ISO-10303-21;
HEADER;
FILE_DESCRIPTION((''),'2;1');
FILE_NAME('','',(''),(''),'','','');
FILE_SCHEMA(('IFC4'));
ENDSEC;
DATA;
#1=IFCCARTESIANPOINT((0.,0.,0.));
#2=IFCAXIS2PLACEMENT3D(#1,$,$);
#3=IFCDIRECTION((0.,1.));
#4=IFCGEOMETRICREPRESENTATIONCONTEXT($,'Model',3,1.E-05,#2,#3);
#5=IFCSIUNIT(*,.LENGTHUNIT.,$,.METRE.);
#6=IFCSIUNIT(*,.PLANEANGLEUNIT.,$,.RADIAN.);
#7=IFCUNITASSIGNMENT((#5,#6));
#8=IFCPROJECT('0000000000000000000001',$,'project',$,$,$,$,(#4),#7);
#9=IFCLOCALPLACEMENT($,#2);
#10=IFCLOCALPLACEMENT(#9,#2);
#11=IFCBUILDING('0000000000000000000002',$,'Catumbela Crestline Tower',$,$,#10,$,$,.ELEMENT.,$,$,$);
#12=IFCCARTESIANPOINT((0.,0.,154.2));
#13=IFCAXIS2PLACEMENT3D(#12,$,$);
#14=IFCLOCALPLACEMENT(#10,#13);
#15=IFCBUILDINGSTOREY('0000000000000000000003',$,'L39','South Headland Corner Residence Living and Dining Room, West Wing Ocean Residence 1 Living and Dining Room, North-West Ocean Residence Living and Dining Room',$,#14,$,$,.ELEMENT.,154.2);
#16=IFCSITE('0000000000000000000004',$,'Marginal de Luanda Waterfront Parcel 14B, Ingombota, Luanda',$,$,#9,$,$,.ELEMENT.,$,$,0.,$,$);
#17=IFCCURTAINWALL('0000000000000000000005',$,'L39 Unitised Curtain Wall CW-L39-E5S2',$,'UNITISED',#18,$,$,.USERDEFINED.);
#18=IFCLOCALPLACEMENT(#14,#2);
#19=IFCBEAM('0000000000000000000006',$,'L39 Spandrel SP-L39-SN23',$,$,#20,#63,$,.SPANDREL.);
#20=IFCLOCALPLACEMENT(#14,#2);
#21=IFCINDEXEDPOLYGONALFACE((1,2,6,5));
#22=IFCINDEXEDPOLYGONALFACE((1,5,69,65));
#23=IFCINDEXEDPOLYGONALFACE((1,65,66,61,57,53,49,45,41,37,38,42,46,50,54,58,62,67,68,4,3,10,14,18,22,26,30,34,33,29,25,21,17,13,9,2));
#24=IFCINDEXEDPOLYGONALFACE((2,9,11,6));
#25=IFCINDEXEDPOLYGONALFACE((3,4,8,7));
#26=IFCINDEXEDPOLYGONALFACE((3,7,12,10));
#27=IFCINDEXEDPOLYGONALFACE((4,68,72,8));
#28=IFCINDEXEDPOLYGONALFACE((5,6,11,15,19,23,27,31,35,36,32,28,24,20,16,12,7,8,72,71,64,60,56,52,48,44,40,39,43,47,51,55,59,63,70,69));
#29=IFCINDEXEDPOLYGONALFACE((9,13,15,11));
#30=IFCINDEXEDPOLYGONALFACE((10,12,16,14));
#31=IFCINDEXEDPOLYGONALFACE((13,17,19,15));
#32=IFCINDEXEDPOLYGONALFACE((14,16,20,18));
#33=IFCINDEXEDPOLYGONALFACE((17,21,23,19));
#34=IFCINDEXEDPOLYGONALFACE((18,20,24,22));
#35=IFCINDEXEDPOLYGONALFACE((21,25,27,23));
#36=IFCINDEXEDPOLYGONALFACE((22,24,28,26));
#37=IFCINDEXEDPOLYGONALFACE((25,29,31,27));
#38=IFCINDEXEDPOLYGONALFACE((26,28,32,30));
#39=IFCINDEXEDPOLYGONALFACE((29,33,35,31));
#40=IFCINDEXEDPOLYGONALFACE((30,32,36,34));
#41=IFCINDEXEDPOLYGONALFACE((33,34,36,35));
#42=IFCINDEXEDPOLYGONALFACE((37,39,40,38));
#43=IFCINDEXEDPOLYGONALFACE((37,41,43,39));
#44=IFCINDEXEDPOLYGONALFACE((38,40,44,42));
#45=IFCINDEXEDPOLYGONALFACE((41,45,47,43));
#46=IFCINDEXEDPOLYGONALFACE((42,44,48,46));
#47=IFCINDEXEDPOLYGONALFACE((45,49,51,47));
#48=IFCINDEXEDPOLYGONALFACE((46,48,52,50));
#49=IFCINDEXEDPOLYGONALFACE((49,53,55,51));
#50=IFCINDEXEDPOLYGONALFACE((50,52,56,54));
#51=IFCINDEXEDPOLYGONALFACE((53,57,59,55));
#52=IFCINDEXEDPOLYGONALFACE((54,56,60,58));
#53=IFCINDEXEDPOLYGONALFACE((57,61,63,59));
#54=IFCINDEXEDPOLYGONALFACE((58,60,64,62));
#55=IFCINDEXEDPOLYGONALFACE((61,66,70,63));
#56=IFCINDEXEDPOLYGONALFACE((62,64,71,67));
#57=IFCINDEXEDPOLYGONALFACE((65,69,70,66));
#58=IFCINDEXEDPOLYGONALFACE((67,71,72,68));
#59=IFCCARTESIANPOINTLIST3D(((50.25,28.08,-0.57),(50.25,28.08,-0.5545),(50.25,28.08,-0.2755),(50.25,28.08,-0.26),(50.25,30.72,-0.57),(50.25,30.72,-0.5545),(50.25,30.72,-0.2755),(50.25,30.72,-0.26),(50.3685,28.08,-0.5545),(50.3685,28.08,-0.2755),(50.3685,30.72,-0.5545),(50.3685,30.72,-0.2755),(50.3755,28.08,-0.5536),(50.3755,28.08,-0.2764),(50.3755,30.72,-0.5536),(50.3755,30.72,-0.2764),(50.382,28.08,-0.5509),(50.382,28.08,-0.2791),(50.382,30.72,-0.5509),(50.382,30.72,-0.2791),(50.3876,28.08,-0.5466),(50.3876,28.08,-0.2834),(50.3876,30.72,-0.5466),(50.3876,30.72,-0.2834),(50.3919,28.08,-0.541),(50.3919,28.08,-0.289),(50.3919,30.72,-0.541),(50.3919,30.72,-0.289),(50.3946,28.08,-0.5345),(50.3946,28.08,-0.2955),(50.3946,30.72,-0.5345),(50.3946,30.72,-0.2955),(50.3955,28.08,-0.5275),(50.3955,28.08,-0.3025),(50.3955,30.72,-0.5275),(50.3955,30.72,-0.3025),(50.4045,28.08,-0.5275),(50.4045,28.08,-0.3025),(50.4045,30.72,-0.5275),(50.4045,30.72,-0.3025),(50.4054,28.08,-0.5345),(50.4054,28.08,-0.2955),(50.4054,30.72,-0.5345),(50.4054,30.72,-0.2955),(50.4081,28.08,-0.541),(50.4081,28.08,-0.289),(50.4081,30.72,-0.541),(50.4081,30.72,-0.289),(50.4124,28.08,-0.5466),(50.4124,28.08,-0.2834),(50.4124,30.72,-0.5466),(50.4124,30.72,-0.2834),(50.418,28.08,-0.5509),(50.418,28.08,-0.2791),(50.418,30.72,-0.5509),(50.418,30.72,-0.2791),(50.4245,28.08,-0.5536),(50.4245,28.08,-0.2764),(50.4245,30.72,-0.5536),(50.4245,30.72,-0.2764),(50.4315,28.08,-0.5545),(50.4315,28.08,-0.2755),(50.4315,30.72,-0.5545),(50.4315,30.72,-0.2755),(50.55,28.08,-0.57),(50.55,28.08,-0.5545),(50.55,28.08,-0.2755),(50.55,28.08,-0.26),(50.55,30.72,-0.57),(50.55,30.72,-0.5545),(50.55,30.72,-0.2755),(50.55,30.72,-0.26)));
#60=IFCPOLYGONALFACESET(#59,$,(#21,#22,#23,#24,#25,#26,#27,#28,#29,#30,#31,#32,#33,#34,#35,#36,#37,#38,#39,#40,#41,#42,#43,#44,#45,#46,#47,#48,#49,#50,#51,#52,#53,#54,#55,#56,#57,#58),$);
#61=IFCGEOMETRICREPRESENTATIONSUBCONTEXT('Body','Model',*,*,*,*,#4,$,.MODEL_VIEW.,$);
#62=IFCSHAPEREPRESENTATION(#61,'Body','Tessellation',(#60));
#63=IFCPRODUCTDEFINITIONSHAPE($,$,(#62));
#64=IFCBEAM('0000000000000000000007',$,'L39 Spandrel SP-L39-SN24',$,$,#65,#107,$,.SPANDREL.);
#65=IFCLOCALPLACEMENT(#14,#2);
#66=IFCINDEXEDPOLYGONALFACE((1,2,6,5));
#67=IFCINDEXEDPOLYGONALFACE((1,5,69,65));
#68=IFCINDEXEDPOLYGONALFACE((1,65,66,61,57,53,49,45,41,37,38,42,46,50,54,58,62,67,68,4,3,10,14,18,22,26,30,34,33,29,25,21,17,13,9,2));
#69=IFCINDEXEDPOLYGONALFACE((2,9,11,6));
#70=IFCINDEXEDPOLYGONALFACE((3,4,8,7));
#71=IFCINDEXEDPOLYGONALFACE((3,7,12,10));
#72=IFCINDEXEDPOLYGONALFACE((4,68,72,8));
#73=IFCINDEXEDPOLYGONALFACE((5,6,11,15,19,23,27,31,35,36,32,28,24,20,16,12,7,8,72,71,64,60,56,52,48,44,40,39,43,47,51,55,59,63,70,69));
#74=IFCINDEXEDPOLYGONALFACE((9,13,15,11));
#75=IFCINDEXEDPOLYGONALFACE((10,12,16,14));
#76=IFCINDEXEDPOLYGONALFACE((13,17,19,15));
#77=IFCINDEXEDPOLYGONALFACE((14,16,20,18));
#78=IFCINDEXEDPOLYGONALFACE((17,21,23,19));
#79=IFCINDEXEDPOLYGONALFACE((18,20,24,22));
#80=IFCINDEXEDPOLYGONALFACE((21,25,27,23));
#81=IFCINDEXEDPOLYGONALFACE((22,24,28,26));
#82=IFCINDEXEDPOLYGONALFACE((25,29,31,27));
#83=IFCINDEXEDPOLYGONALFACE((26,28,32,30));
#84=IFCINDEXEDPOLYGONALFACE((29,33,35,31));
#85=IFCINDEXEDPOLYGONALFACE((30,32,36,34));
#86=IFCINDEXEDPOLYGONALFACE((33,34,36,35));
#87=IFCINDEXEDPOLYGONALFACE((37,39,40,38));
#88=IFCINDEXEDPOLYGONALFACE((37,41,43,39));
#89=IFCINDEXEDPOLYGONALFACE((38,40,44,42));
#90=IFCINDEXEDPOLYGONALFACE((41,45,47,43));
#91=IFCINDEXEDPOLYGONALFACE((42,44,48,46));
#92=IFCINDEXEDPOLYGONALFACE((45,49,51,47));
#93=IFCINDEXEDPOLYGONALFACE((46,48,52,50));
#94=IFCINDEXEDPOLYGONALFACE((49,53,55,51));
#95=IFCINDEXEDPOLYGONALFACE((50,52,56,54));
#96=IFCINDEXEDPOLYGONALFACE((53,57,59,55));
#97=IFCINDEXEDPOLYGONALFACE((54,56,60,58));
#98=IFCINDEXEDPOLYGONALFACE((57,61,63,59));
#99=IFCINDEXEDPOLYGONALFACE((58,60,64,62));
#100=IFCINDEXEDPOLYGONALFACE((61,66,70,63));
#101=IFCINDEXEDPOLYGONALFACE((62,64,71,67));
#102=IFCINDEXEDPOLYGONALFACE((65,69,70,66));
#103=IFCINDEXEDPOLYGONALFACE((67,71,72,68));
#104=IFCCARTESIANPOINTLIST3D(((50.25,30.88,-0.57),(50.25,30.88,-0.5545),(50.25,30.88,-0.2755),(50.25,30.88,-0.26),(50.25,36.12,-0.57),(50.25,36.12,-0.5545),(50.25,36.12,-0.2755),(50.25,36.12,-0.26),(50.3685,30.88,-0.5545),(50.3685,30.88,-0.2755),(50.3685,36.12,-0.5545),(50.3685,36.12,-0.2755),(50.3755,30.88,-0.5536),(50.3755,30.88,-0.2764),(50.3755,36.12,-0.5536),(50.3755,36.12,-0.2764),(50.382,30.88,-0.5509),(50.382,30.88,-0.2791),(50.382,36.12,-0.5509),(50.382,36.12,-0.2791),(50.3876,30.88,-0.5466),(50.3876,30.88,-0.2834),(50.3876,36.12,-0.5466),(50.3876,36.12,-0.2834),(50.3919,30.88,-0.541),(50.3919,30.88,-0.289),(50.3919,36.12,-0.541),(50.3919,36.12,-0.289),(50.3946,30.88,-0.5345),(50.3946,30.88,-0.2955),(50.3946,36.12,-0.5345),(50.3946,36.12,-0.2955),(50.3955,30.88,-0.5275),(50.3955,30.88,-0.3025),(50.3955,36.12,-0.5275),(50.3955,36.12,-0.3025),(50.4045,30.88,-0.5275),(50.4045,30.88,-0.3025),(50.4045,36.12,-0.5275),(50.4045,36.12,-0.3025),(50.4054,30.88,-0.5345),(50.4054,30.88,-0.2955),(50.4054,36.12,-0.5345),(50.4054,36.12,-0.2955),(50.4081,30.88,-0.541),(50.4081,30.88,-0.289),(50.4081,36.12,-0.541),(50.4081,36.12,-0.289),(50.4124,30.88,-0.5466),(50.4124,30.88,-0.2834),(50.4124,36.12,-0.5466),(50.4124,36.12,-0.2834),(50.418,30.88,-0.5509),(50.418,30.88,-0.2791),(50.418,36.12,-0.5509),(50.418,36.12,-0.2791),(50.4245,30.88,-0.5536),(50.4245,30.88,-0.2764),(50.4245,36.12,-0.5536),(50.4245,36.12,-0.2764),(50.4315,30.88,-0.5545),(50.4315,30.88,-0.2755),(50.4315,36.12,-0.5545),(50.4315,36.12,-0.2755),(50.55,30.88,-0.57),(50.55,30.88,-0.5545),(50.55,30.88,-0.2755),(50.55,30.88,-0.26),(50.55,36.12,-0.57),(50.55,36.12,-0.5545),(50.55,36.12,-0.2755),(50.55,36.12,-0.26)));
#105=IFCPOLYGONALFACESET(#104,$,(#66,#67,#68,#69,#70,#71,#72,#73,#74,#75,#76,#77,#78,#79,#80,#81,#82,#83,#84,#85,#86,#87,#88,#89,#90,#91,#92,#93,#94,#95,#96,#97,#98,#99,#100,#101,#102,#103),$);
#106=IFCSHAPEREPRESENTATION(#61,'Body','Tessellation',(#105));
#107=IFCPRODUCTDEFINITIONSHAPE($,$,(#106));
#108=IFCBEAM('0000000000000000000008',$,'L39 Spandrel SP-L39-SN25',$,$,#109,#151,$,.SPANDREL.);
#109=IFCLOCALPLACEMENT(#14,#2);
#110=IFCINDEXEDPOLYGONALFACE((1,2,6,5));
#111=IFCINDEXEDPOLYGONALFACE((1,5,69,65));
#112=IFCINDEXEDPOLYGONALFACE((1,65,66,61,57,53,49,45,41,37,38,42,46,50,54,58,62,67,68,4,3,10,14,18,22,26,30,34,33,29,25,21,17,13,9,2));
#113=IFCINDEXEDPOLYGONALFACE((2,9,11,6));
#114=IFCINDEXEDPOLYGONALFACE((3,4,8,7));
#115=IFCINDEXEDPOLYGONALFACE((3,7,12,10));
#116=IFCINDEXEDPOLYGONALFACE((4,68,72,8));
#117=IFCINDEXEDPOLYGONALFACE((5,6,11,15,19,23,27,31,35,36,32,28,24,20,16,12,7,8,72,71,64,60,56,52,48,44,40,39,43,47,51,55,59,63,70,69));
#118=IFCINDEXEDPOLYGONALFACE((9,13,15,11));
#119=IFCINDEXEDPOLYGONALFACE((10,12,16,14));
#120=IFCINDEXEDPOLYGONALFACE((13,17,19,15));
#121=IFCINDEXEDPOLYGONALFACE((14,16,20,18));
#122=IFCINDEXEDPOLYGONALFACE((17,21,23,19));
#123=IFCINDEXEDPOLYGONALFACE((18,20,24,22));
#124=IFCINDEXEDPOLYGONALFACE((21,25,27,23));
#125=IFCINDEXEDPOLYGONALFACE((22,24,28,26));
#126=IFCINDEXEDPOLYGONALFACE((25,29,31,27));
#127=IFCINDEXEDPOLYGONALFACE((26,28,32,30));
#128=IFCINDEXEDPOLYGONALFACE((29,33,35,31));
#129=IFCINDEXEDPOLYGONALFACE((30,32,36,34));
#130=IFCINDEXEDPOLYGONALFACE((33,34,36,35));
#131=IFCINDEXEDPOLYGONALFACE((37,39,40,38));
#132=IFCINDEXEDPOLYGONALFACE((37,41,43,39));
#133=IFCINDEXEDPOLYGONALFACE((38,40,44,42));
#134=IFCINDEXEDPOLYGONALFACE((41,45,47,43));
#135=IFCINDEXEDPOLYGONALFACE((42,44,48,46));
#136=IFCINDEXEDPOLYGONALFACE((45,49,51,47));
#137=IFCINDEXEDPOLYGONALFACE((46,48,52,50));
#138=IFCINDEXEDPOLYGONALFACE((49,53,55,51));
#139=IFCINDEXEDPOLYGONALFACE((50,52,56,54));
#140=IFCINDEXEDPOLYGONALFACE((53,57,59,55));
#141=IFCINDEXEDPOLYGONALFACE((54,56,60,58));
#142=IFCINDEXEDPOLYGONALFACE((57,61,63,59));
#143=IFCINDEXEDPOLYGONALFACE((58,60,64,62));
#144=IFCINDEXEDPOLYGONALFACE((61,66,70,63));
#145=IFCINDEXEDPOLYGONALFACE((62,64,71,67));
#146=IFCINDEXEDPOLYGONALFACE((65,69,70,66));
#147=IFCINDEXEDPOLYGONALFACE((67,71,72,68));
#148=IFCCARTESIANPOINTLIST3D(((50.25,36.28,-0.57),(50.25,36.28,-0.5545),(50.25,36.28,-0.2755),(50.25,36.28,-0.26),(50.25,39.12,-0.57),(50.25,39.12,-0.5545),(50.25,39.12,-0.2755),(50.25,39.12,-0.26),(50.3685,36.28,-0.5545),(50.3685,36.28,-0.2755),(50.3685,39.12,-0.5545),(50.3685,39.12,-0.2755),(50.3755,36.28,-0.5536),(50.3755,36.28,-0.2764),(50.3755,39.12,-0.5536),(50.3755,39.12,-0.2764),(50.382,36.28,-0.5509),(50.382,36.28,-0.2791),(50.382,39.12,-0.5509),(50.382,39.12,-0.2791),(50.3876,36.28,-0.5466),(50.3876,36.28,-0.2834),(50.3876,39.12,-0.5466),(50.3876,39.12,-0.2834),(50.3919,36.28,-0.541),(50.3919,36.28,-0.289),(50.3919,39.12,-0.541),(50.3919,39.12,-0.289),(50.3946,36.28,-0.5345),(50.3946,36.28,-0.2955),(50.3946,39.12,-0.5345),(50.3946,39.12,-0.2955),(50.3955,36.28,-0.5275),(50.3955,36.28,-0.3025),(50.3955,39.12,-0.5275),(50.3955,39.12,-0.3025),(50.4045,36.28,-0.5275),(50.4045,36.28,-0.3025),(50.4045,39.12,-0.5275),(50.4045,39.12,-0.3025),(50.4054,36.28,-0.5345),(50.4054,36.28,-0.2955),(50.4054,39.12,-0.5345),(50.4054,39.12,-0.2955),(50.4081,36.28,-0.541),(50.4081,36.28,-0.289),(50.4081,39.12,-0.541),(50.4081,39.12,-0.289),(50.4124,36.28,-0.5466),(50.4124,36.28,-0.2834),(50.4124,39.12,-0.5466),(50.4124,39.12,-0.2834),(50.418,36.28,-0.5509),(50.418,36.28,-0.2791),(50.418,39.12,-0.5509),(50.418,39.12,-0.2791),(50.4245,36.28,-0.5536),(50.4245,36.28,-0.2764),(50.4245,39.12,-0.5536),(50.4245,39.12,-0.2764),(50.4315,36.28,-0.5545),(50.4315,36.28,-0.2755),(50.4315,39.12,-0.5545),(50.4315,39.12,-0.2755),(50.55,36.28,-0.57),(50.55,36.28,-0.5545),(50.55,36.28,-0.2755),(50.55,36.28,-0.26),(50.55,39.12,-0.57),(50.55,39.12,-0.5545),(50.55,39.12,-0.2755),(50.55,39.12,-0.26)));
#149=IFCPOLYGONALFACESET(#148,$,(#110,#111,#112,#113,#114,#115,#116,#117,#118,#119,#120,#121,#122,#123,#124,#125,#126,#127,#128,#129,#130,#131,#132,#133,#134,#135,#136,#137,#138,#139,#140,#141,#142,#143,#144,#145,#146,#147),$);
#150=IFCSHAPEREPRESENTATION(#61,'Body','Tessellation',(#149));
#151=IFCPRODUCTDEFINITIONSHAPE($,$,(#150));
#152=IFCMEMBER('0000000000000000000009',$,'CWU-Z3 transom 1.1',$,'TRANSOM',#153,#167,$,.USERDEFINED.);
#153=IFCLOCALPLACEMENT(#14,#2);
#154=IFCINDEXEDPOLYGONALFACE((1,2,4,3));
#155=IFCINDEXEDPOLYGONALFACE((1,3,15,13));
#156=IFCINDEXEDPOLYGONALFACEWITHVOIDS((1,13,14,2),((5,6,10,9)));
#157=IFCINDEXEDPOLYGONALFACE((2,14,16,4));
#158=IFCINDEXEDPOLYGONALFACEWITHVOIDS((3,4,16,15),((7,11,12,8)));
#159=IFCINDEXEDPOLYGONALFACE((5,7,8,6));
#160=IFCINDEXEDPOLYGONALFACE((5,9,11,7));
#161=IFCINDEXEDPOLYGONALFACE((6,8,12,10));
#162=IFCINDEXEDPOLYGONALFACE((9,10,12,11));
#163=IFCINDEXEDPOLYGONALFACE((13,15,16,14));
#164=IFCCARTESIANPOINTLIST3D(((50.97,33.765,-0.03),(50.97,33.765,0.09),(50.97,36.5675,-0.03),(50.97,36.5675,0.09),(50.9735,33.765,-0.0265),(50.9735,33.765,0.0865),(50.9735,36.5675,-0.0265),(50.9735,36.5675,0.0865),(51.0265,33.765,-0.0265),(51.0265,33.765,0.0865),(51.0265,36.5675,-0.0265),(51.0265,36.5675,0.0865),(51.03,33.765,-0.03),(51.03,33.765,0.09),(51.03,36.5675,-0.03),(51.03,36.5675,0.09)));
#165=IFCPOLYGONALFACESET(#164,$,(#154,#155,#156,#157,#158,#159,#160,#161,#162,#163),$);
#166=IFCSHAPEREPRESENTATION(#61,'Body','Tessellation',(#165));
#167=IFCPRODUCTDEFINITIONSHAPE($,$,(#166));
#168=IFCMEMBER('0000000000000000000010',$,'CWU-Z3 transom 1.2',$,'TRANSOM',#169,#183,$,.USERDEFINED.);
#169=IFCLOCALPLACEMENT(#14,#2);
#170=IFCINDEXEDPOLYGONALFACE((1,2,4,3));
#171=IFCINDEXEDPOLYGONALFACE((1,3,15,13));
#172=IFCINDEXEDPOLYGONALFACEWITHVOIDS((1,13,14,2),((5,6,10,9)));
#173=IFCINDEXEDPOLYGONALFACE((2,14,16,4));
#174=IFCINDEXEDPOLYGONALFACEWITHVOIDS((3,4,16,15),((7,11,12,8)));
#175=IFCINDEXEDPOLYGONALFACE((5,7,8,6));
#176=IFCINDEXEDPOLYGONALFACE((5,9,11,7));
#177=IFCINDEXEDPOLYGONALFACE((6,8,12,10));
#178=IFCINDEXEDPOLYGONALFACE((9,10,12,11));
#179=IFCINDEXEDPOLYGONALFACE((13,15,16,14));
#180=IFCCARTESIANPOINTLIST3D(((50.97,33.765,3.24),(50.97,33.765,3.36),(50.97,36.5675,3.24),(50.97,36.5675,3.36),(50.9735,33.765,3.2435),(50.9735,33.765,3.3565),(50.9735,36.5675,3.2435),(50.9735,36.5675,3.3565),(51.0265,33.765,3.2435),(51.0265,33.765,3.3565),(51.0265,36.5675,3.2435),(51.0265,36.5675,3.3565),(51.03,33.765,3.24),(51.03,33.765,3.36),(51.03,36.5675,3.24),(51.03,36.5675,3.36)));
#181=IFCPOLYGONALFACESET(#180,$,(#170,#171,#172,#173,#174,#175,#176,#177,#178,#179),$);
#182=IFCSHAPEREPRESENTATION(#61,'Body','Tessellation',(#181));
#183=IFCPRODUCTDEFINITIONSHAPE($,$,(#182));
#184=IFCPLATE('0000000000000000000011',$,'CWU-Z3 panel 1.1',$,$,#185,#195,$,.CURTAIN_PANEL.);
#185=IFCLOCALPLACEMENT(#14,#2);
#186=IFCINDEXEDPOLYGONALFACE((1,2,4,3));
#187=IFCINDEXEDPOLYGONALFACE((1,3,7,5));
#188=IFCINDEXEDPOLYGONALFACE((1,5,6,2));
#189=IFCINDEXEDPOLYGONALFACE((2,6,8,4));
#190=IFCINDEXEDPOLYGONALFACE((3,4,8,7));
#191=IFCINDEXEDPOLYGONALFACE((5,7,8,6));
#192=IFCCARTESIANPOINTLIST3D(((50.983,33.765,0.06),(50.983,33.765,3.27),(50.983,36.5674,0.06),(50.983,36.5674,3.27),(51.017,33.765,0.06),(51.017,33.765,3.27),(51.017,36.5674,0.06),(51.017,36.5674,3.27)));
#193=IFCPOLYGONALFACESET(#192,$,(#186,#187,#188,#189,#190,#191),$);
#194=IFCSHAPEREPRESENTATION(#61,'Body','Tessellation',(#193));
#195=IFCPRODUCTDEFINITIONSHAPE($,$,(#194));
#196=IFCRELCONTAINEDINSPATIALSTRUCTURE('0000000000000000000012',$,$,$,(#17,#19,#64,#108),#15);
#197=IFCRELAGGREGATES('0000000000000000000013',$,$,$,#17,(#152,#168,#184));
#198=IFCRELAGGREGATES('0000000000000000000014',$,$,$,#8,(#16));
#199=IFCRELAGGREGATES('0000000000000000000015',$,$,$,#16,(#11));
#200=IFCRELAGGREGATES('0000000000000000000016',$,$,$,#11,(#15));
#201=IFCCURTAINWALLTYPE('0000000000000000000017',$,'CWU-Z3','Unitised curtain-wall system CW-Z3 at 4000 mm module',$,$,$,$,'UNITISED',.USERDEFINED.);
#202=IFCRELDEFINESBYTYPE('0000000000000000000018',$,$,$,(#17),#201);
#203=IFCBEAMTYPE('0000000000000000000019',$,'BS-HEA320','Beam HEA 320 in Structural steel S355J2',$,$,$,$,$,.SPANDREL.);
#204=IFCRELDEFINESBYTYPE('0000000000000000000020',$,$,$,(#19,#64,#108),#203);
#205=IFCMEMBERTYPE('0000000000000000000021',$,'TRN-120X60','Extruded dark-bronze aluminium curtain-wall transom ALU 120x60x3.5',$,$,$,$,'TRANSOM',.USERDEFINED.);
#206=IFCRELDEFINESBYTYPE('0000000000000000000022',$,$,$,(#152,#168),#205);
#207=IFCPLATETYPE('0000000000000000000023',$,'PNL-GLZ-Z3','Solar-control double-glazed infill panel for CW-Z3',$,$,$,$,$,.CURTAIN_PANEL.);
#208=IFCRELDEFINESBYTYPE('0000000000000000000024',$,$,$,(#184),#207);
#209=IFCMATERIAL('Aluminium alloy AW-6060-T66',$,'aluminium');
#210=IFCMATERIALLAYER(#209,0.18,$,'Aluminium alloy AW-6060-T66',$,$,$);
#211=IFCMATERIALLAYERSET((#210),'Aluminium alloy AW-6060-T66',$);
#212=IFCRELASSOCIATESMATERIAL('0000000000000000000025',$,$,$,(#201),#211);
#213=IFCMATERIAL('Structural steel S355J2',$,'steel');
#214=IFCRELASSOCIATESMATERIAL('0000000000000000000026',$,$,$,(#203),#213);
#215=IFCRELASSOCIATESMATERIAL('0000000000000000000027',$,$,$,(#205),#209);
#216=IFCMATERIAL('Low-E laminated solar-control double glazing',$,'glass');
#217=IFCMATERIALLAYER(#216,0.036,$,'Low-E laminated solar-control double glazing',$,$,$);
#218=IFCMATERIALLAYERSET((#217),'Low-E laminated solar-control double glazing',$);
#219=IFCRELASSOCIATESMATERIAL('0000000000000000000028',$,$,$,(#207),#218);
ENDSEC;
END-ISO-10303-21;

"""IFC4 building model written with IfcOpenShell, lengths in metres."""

from ifc_helpers import new_model, si_unit, direction, frame, origin, origin_2d, place, context, subcontext, project, spatial, rectangle, hollow_rectangle, i_section, extrude, material, layer, layer_set, material_profile, profile_set, type_object, element, aggregate, save


model = new_model("IFC4")

# Units and contexts
model_context = context("Model", 3, precision=1e-05, world=origin(), true_north=direction((0.0, 1.0)))
body_context = subcontext(model_context, "Body", "Model", "MODEL_VIEW")
ifc_project = project(units=[si_unit("LENGTHUNIT", "METRE"), si_unit("PLANEANGLEUNIT", "RADIAN")], contexts=[model_context])

# Site, building, storey
site_placement = place(None, origin())
site = spatial("IfcSite", under=ifc_project, at=site_placement, Name="Marginal de Luanda Waterfront Parcel 14B, Ingombota, Luanda", CompositionType="ELEMENT", RefElevation=0.0)
building_placement = place(site_placement, origin())
building = spatial("IfcBuilding", under=site, at=building_placement, Name="Catumbela Crestline Tower", CompositionType="ELEMENT")
storey_placement = place(building_placement, frame((0.0, 0.0, 154.2)))
storey = spatial("IfcBuildingStorey", under=building, at=storey_placement, Name="L39", Description="South Headland Corner Residence Living and Dining Room, West Wing Ocean Residence 1 Living and Dining Room, North-West Ocean Residence Living and Dining Room", CompositionType="ELEMENT", Elevation=154.2)

# Shared definitions
ifc_material_1 = material(Name="Structural steel S355J2", Category="steel")

# Curtain wall
ifc_material_2 = material(Name="Aluminium alloy AW-6060-T66", Category="aluminium")
ifc_layer_1 = layer(ifc_material_2, 0.18, Name="Aluminium alloy AW-6060-T66")
ifc_layer_set_1 = layer_set([ifc_layer_1], Name="Aluminium alloy AW-6060-T66")
curtain_wall_type = type_object("IfcCurtainWallType", Name="CWU-Z3", Description="Unitised curtain-wall system CW-Z3 at 4000 mm module", ElementType="UNITISED", PredefinedType="USERDEFINED", material=ifc_layer_set_1)
curtain_wall_placement = place(storey_placement, origin())
curtain_wall = element("IfcCurtainWall", 1, at=curtain_wall_placement, inside=storey, type_object=curtain_wall_type, Name="L39 Unitised Curtain Wall CW-L39-E5S2", ObjectType="UNITISED", PredefinedType="USERDEFINED")

# Beams
ifc_material_profile_1 = material_profile(ifc_material_1, i_section(OverallWidth=0.3, OverallDepth=0.31, WebThickness=0.009, FlangeThickness=0.0155, FilletRadius=0.027, at=origin_2d()), Name="HEA 320")
ifc_profile_set_1 = profile_set([ifc_material_profile_1], Name="Structural steel S355J2")
beam_type_1 = type_object("IfcBeamType", Name="BS-HEA320", Description="Beam HEA 320 in Structural steel S355J2", PredefinedType="SPANDREL", material=ifc_profile_set_1)
beam_1_placement = place(storey_placement, frame((50.4, 28.08, -0.415), z_axis=(0.0, 1.0, 0.0), x_axis=(-1.0, 0.0, 0.0)))
element("IfcBeam", 2, at=beam_1_placement, inside=storey, type_object=beam_type_1, Name="L39 Spandrel SP-L39-SN23", PredefinedType="SPANDREL", context=body_context, shape_type="SweptSolid", body=[
    extrude(i_section(OverallWidth=0.3, OverallDepth=0.31, WebThickness=0.009, FlangeThickness=0.0155, FilletRadius=0.027, at=origin_2d()), origin(), (0.0, 0.0, 1.0), 2.64),
])
beam_2_placement = place(storey_placement, frame((50.4, 30.88, -0.415), z_axis=(0.0, 1.0, 0.0), x_axis=(-1.0, 0.0, 0.0)))
element("IfcBeam", 3, at=beam_2_placement, inside=storey, type_object=beam_type_1, Name="L39 Spandrel SP-L39-SN24", PredefinedType="SPANDREL", context=body_context, shape_type="SweptSolid", body=[
    extrude(i_section(OverallWidth=0.3, OverallDepth=0.31, WebThickness=0.009, FlangeThickness=0.0155, FilletRadius=0.027, at=origin_2d()), origin(), (0.0, 0.0, 1.0), 5.24),
])
beam_3_placement = place(storey_placement, frame((50.4, 36.28, -0.415), z_axis=(0.0, 1.0, 0.0), x_axis=(-1.0, 0.0, 0.0)))
element("IfcBeam", 4, at=beam_3_placement, inside=storey, type_object=beam_type_1, Name="L39 Spandrel SP-L39-SN25", PredefinedType="SPANDREL", context=body_context, shape_type="SweptSolid", body=[
    extrude(i_section(OverallWidth=0.3, OverallDepth=0.31, WebThickness=0.009, FlangeThickness=0.0155, FilletRadius=0.027, at=origin_2d()), origin(), (0.0, 0.0, 1.0), 2.84),
])

# Members
ifc_material_profile_2 = material_profile(ifc_material_2, hollow_rectangle(XDim=0.06, YDim=0.12, WallThickness=0.0035, at=origin_2d()), Name="ALU 120x60x3.5")
ifc_profile_set_2 = profile_set([ifc_material_profile_2], Name="Aluminium alloy AW-6060-T66")
member_type_1 = type_object("IfcMemberType", Name="TRN-120X60", Description="Extruded dark-bronze aluminium curtain-wall transom ALU 120x60x3.5", ElementType="TRANSOM", PredefinedType="USERDEFINED", material=ifc_profile_set_2)
member_1_placement = place(storey_placement, frame((51.0, 33.765, 0.03), z_axis=(0.0, 1.0, 0.0), x_axis=(-1.0, 0.0, 0.0)))
member_1 = element("IfcMember", 5, at=member_1_placement, type_object=member_type_1, Name="CWU-Z3 transom 1.1", ObjectType="TRANSOM", PredefinedType="USERDEFINED", context=body_context, shape_type="SweptSolid", body=[
    extrude(hollow_rectangle(XDim=0.06, YDim=0.12, WallThickness=0.0035, at=origin_2d()), origin(), (0.0, 0.0, 1.0), 2.8025),
])
member_2_placement = place(storey_placement, frame((51.0, 33.765, 3.3), z_axis=(0.0, 1.0, 0.0), x_axis=(-1.0, 0.0, 0.0)))
member_2 = element("IfcMember", 6, at=member_2_placement, type_object=member_type_1, Name="CWU-Z3 transom 1.2", ObjectType="TRANSOM", PredefinedType="USERDEFINED", context=body_context, shape_type="SweptSolid", body=[
    extrude(hollow_rectangle(XDim=0.06, YDim=0.12, WallThickness=0.0035, at=origin_2d()), origin(), (0.0, 0.0, 1.0), 2.8025),
])

# Plate
ifc_material_3 = material(Name="Low-E laminated solar-control double glazing", Category="glass")
ifc_layer_2 = layer(ifc_material_3, 0.036, Name="Low-E laminated solar-control double glazing")
ifc_layer_set_2 = layer_set([ifc_layer_2], Name="Low-E laminated solar-control double glazing")
plate_type = type_object("IfcPlateType", Name="PNL-GLZ-Z3", Description="Solar-control double-glazed infill panel for CW-Z3", PredefinedType="CURTAIN_PANEL", material=ifc_layer_set_2)
plate_placement = place(storey_placement, frame((51.0, 35.1662, 0.06), z_axis=(0.0, 0.0, 1.0), x_axis=(0.0, 1.0, 0.0)))
plate = element("IfcPlate", 7, at=plate_placement, type_object=plate_type, Name="CWU-Z3 panel 1.1", PredefinedType="CURTAIN_PANEL", context=body_context, shape_type="SweptSolid", body=[
    extrude(rectangle(XDim=2.8025, YDim=0.034, at=origin_2d()), origin(), (0.0, 0.0, 1.0), 3.21),
])
aggregate(curtain_wall, [member_1, member_2, plate])

save(model, "model.ifc")
